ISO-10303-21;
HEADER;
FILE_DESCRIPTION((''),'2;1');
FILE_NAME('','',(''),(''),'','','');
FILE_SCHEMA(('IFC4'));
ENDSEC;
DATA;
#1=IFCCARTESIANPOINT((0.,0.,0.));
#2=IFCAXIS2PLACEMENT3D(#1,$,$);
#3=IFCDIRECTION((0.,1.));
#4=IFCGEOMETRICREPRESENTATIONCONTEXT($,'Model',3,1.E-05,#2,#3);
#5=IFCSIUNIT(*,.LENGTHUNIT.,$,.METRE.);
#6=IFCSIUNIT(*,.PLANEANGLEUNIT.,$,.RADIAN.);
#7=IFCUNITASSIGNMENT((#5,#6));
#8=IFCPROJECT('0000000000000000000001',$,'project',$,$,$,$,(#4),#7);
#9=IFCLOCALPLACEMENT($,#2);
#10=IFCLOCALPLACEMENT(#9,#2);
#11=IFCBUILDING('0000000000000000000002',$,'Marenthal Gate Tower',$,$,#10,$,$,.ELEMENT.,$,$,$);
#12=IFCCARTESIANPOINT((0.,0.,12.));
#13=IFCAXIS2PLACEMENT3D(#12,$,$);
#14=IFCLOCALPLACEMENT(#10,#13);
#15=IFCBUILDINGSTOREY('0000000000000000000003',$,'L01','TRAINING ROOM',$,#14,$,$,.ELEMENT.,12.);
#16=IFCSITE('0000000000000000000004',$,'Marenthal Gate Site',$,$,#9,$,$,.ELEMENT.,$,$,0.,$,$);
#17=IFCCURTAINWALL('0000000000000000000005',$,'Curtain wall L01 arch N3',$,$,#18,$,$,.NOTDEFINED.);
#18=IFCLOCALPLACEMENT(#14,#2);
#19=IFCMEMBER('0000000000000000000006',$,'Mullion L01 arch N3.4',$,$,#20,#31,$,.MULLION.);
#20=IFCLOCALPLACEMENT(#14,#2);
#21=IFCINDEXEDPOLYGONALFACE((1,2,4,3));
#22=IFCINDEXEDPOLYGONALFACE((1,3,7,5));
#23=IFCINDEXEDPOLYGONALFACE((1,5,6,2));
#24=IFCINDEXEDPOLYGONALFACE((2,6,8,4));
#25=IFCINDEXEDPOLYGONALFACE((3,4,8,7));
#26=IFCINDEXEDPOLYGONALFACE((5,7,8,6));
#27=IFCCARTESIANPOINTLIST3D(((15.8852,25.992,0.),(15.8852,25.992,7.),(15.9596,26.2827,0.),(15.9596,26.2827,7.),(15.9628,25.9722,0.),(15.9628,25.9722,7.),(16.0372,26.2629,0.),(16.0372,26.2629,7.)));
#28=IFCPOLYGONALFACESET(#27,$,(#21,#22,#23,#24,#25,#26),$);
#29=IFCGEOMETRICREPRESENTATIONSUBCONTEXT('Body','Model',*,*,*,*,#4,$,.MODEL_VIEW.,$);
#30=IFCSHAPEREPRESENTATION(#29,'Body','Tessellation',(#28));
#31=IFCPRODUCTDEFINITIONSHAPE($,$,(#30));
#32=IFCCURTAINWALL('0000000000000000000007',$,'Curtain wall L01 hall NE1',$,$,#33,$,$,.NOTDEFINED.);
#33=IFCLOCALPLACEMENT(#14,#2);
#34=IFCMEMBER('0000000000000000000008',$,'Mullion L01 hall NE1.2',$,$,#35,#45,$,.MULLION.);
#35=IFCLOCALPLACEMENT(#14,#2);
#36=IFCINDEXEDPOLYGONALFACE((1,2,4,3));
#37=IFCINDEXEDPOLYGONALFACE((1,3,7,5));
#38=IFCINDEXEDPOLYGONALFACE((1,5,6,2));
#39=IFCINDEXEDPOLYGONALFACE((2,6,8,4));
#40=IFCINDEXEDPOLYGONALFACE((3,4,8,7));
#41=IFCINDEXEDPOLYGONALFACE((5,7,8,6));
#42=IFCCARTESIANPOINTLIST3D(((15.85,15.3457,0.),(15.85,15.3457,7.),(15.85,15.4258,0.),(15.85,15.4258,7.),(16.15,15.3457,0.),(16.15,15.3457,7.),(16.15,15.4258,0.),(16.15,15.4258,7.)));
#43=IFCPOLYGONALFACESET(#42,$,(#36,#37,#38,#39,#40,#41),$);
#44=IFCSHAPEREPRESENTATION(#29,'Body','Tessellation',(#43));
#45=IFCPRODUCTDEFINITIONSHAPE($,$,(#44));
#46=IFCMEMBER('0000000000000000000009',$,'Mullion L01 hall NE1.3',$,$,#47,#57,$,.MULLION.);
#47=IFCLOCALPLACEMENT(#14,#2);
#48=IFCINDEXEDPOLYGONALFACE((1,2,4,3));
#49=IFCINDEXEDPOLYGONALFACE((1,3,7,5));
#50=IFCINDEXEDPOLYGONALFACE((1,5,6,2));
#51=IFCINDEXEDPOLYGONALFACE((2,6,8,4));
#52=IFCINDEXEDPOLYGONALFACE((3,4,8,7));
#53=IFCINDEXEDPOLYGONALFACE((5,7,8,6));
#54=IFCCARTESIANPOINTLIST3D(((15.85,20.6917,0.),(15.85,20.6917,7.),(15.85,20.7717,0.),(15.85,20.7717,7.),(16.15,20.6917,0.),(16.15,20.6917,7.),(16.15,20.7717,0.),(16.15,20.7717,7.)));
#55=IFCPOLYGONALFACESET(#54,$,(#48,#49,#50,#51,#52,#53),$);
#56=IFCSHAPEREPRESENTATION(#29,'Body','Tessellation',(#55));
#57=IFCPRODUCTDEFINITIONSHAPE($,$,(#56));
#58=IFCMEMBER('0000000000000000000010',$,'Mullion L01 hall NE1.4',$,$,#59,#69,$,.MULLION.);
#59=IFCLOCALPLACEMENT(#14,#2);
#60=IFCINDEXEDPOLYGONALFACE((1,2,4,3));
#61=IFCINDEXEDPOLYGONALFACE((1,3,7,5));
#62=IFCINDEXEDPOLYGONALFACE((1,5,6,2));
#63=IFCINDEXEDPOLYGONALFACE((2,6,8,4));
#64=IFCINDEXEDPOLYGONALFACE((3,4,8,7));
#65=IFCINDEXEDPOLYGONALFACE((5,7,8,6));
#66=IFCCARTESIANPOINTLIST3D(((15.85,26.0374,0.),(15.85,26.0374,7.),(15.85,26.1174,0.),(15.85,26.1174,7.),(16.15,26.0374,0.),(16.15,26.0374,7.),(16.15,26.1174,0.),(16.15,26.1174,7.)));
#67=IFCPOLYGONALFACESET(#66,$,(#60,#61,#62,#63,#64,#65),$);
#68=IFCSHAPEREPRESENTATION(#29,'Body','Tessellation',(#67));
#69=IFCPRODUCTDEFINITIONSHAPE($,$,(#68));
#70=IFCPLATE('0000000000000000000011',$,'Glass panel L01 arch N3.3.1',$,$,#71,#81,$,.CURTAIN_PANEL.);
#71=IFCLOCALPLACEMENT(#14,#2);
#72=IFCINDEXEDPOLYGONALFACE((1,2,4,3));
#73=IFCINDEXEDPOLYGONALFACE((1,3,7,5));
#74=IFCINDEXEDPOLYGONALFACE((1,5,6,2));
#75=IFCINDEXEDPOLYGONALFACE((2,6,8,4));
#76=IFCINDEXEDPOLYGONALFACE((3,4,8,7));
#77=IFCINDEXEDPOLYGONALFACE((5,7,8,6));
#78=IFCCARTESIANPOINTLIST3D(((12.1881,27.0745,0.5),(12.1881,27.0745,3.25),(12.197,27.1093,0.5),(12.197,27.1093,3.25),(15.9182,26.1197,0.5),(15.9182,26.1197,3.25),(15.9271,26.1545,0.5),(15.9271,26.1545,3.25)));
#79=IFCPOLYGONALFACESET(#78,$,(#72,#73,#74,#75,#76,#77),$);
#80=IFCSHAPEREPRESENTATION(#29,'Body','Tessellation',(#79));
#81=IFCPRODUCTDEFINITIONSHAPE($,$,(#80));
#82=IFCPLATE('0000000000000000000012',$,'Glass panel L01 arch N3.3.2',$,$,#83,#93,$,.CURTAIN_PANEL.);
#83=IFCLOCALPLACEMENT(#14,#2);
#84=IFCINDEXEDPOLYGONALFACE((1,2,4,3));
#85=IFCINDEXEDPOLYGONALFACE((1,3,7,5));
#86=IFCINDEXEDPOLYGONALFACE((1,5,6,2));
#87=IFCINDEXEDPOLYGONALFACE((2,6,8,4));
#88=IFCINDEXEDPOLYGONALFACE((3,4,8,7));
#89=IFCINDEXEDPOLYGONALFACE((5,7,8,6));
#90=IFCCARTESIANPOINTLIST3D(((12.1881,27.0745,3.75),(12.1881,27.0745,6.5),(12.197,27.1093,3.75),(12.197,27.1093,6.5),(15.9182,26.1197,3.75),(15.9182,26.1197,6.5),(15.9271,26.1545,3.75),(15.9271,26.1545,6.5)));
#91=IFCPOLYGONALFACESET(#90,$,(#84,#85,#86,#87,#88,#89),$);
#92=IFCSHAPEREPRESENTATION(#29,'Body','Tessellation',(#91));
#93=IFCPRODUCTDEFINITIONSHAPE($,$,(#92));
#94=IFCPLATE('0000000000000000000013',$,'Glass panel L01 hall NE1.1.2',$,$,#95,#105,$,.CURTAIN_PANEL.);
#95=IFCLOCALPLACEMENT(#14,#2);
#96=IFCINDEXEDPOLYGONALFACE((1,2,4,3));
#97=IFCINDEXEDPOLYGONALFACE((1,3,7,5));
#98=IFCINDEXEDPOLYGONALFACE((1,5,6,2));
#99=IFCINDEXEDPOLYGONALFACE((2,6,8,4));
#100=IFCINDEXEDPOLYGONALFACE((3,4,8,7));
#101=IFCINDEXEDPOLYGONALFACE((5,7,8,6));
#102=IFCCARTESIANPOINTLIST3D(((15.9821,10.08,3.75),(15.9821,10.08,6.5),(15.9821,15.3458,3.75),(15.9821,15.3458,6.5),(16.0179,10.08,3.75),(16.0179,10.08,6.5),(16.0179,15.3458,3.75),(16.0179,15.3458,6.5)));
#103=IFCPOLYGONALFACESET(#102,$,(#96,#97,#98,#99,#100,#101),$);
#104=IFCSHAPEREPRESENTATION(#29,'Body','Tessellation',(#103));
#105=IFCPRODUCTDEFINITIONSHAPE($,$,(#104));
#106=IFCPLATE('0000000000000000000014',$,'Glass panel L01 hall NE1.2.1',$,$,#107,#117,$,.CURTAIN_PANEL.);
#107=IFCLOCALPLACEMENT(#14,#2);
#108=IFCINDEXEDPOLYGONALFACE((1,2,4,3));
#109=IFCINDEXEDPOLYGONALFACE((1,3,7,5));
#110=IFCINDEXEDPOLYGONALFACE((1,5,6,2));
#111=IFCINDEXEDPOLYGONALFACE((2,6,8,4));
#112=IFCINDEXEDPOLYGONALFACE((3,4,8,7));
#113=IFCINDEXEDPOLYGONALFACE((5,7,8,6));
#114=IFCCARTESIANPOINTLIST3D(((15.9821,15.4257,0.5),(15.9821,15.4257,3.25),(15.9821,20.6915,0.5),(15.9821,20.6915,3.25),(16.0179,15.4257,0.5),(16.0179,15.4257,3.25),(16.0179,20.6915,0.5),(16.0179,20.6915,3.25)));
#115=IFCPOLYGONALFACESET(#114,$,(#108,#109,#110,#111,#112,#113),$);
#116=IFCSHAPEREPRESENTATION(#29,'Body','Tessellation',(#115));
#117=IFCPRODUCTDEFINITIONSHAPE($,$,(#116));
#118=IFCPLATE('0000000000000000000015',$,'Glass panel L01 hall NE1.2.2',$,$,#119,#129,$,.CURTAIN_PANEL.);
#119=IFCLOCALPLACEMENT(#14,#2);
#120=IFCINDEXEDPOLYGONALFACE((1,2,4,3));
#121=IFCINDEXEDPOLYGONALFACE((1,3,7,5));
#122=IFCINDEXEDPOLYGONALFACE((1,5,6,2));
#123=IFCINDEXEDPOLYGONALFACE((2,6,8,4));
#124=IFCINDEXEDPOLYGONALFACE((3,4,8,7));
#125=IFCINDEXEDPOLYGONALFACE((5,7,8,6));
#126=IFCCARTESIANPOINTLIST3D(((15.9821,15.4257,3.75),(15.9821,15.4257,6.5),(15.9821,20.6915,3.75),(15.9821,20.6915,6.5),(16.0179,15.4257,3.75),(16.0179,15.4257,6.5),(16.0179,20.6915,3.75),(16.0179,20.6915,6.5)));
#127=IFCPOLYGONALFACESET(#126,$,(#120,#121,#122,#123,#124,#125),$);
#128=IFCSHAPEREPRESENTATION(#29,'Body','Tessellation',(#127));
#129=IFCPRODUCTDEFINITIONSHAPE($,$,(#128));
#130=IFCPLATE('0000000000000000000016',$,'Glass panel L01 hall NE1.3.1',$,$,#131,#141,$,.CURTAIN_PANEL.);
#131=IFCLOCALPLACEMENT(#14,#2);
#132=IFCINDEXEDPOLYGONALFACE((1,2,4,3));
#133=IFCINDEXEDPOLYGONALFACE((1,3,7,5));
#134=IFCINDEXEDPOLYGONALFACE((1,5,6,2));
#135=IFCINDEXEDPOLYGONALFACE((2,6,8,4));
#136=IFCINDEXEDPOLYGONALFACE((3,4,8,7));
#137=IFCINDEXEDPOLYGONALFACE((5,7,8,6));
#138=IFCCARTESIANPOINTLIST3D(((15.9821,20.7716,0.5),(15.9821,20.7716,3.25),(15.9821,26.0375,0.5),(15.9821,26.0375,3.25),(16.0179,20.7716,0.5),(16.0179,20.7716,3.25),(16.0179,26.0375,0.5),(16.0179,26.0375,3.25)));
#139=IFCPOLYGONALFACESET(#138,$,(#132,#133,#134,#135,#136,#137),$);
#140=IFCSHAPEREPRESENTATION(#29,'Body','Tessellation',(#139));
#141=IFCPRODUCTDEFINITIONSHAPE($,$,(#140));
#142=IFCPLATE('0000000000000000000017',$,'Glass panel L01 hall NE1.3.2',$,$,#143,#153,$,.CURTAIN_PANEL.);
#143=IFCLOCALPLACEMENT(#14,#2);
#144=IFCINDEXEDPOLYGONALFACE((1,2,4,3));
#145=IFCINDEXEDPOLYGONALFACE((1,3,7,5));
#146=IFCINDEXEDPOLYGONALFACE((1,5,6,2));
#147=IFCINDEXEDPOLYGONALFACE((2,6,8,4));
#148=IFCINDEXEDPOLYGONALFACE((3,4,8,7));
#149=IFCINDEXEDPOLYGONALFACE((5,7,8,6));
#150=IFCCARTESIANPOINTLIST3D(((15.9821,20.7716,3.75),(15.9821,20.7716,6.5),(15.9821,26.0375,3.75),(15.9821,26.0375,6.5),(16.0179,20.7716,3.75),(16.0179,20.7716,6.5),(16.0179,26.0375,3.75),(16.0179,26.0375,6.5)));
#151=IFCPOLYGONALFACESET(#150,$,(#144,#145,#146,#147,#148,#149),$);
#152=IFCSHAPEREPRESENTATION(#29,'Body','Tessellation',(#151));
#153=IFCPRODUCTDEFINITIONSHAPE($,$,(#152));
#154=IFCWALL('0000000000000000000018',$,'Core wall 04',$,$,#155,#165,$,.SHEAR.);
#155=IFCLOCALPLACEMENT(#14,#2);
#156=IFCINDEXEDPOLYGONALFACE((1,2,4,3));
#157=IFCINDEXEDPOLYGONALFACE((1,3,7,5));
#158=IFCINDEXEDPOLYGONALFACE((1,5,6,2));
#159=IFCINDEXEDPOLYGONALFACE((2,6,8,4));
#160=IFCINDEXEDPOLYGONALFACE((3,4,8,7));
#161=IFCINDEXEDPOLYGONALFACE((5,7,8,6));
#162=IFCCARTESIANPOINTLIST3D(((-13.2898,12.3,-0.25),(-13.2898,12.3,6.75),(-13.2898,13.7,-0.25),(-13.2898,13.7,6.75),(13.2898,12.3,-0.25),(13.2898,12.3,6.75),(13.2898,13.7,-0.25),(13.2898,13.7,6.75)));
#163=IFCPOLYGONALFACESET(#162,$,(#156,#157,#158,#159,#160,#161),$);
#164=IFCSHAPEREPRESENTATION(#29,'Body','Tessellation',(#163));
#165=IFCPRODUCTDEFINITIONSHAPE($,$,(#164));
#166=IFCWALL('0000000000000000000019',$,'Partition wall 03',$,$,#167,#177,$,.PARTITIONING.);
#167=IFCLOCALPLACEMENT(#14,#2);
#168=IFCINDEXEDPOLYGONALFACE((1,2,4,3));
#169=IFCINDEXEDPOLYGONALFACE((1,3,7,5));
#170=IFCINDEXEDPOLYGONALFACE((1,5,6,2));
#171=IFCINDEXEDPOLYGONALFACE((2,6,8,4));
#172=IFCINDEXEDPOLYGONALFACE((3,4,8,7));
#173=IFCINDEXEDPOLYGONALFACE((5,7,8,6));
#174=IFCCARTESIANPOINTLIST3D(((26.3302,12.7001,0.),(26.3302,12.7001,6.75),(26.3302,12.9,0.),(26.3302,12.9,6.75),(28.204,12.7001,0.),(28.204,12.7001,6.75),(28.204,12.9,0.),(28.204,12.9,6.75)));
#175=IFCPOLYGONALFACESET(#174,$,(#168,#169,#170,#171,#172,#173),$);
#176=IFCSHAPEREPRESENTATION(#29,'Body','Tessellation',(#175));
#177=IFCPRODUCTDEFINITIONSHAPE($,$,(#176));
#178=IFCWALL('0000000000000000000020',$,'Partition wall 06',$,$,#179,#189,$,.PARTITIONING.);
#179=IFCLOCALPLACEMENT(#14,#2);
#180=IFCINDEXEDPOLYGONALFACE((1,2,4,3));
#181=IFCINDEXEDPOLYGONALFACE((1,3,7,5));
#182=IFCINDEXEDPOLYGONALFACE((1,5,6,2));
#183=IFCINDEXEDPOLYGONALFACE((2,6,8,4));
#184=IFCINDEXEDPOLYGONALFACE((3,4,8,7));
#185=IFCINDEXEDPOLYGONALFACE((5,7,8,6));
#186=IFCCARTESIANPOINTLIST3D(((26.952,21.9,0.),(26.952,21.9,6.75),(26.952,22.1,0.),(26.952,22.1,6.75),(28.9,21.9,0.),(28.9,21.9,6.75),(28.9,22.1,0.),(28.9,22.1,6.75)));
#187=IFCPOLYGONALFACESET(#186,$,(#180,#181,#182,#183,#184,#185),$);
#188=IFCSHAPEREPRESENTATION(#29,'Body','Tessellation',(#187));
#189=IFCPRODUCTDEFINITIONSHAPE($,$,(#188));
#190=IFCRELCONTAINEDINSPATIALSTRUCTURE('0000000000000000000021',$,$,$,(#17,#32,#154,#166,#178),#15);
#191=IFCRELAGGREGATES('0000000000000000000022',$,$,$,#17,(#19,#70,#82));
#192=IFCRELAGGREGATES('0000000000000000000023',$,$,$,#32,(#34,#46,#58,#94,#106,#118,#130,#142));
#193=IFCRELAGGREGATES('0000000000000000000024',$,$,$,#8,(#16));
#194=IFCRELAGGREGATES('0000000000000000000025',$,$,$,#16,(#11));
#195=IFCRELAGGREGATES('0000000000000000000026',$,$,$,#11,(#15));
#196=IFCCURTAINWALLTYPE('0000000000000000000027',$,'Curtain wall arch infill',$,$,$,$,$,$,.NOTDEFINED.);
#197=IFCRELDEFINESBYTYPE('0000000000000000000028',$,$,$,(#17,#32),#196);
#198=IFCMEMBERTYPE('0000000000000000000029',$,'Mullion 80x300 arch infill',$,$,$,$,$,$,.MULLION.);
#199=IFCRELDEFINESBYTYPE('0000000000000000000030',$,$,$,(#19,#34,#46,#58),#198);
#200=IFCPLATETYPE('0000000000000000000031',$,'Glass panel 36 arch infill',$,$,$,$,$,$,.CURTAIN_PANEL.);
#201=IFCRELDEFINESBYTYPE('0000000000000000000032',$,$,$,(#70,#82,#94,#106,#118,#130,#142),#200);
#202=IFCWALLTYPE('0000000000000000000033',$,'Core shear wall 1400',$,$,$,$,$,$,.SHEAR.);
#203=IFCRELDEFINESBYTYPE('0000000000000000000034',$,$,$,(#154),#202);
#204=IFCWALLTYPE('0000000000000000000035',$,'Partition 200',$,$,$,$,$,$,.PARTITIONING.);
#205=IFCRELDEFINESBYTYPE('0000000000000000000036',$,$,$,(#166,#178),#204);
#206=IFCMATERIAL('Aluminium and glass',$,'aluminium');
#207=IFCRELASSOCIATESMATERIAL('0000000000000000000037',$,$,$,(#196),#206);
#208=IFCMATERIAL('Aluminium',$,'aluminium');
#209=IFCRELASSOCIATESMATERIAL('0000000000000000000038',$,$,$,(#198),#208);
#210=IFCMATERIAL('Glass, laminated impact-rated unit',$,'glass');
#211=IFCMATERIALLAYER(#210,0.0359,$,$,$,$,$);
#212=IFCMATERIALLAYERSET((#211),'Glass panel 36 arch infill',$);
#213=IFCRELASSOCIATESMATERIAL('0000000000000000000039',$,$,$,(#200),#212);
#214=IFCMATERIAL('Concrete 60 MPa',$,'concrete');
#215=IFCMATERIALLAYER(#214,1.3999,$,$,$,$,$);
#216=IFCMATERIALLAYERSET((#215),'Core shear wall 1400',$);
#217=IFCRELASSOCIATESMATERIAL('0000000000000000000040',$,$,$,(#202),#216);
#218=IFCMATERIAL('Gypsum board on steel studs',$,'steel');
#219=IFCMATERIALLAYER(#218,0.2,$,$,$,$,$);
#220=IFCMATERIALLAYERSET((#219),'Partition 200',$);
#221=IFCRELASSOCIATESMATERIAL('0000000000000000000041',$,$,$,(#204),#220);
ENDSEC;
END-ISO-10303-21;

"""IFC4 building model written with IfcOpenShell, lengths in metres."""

from ifc_helpers import new_model, si_unit, direction, frame, frame_2d, origin, origin_2d, place, context, subcontext, project, spatial, rectangle, extrude, material, layer, layer_set, material_profile, profile_set, type_object, element, aggregate, save


model = new_model("IFC4")

# Units and contexts
model_context = context("Model", 3, precision=1e-05, world=origin(), true_north=direction((0.0, 1.0)))
body_context = subcontext(model_context, "Body", "Model", "MODEL_VIEW")
ifc_project = project(units=[si_unit("LENGTHUNIT", "METRE"), si_unit("PLANEANGLEUNIT", "RADIAN")], contexts=[model_context])

# Site, building, storey
site_placement = place(None, origin())
site = spatial("IfcSite", under=ifc_project, at=site_placement, Name="Marenthal Gate Site", CompositionType="ELEMENT", RefElevation=0.0)
building_placement = place(site_placement, origin())
building = spatial("IfcBuilding", under=site, at=building_placement, Name="Marenthal Gate Tower", CompositionType="ELEMENT")
storey_placement = place(building_placement, frame((0.0, 0.0, 12.0)))
storey = spatial("IfcBuildingStorey", under=building, at=storey_placement, Name="L01", Description="TRAINING ROOM", CompositionType="ELEMENT", Elevation=12.0)

# Curtain wall, member
ifc_material_1 = material(Name="Aluminium and glass", Category="aluminium")
curtain_wall_type = type_object("IfcCurtainWallType", Name="Curtain wall arch infill", PredefinedType="NOTDEFINED", material=ifc_material_1)
curtain_wall_1_placement = place(storey_placement, origin())
curtain_wall_1 = element("IfcCurtainWall", 1, at=curtain_wall_1_placement, inside=storey, type_object=curtain_wall_type, Name="Curtain wall L01 arch N3", PredefinedType="NOTDEFINED")
ifc_material_2 = material(Name="Aluminium", Category="aluminium")
ifc_material_profile = material_profile(ifc_material_2, rectangle(XDim=0.3, YDim=0.0801, at=origin_2d()), Name="80x300 aluminium mullion")
ifc_profile_set = profile_set([ifc_material_profile], Name="Aluminium")
member_type = type_object("IfcMemberType", Name="Mullion 80x300 arch infill", PredefinedType="MULLION", material=ifc_profile_set)
member_1_placement = place(storey_placement, frame((15.9612, 26.1274, 0.0), z_axis=(0.0, 0.0, 1.0), x_axis=(0.247965, 0.968769, 0.0)))
member_1 = element("IfcMember", 2, at=member_1_placement, type_object=member_type, Name="Mullion L01 arch N3.4", PredefinedType="MULLION", context=body_context, shape_type="SweptSolid", body=[
    extrude(rectangle(XDim=0.3, YDim=0.0801, at=origin_2d()), origin(), (0.0, 0.0, 1.0), 7.0),
])

# Curtain wall, members
curtain_wall_2_placement = place(storey_placement, origin())
curtain_wall_2 = element("IfcCurtainWall", 3, at=curtain_wall_2_placement, inside=storey, type_object=curtain_wall_type, Name="Curtain wall L01 hall NE1", PredefinedType="NOTDEFINED")
member_2_placement = place(storey_placement, frame((16.0, 15.3857, 0.0), z_axis=(0.0, 0.0, 1.0), x_axis=(-1.0, 0.0, 0.0)))
member_2 = element("IfcMember", 4, at=member_2_placement, type_object=member_type, Name="Mullion L01 hall NE1.2", PredefinedType="MULLION", context=body_context, shape_type="SweptSolid", body=[
    extrude(rectangle(XDim=0.3, YDim=0.0801, at=origin_2d()), origin(), (0.0, 0.0, 1.0), 7.0),
])
member_3_placement = place(storey_placement, frame((16.0, 20.7317, 0.0), z_axis=(0.0, 0.0, 1.0), x_axis=(-1.0, 0.0, 0.0)))
member_3 = element("IfcMember", 5, at=member_3_placement, type_object=member_type, Name="Mullion L01 hall NE1.3", PredefinedType="MULLION", context=body_context, shape_type="SweptSolid", body=[
    extrude(rectangle(XDim=0.3, YDim=0.0801, at=origin_2d()), origin(), (0.0, 0.0, 1.0), 7.0),
])
member_4_placement = place(storey_placement, frame((16.0, 26.0774, 0.0), z_axis=(0.0, 0.0, 1.0), x_axis=(-1.0, 0.0, 0.0)))
member_4 = element("IfcMember", 6, at=member_4_placement, type_object=member_type, Name="Mullion L01 hall NE1.4", PredefinedType="MULLION", context=body_context, shape_type="SweptSolid", body=[
    extrude(rectangle(XDim=0.3, YDim=0.0801, at=origin_2d()), origin(), (0.0, 0.0, 1.0), 7.0),
])

# Plates
ifc_material_3 = material(Name="Glass, laminated impact-rated unit", Category="glass")
ifc_layer_1 = layer(ifc_material_3, 0.0359)
ifc_layer_set_1 = layer_set([ifc_layer_1], Name="Glass panel 36 arch infill")
plate_type = type_object("IfcPlateType", Name="Glass panel 36 arch infill", PredefinedType="CURTAIN_PANEL", material=ifc_layer_set_1)
plate_1_placement = place(storey_placement, frame((14.0576, 26.6145, 0.5), z_axis=(0.0, 0.0, 1.0), x_axis=(0.968769, -0.247965, 0.0)))
plate_1 = element("IfcPlate", 7, at=plate_1_placement, type_object=plate_type, Name="Glass panel L01 arch N3.3.1", PredefinedType="CURTAIN_PANEL", context=body_context, shape_type="SweptSolid", body=[
    extrude(rectangle(XDim=3.8503, YDim=0.0359, at=origin_2d()), origin(), (0.0, 0.0, 1.0), 2.75),
])
plate_2_placement = place(storey_placement, frame((14.0576, 26.6145, 3.75), z_axis=(0.0, 0.0, 1.0), x_axis=(0.968769, -0.247965, 0.0)))
plate_2 = element("IfcPlate", 8, at=plate_2_placement, type_object=plate_type, Name="Glass panel L01 arch N3.3.2", PredefinedType="CURTAIN_PANEL", context=body_context, shape_type="SweptSolid", body=[
    extrude(rectangle(XDim=3.8503, YDim=0.0359, at=origin_2d()), origin(), (0.0, 0.0, 1.0), 2.75),
])
aggregate(curtain_wall_1, [member_1, plate_1, plate_2])
plate_3_placement = place(storey_placement, frame((16.0, 12.7129, 3.75), z_axis=(0.0, 0.0, 1.0), x_axis=(0.0, 1.0, 0.0)))
plate_3 = element("IfcPlate", 9, at=plate_3_placement, type_object=plate_type, Name="Glass panel L01 hall NE1.1.2", PredefinedType="CURTAIN_PANEL", context=body_context, shape_type="SweptSolid", body=[
    extrude(rectangle(XDim=5.2659, YDim=0.0359, at=origin_2d()), origin(), (0.0, 0.0, 1.0), 2.75),
])
plate_4_placement = place(storey_placement, frame((16.0, 18.0586, 0.5), z_axis=(0.0, 0.0, 1.0), x_axis=(0.0, 1.0, 0.0)))
plate_4 = element("IfcPlate", 10, at=plate_4_placement, type_object=plate_type, Name="Glass panel L01 hall NE1.2.1", PredefinedType="CURTAIN_PANEL", context=body_context, shape_type="SweptSolid", body=[
    extrude(rectangle(XDim=5.2659, YDim=0.0359, at=origin_2d()), origin(), (0.0, 0.0, 1.0), 2.75),
])
plate_5_placement = place(storey_placement, frame((16.0, 18.0586, 3.75), z_axis=(0.0, 0.0, 1.0), x_axis=(0.0, 1.0, 0.0)))
plate_5 = element("IfcPlate", 11, at=plate_5_placement, type_object=plate_type, Name="Glass panel L01 hall NE1.2.2", PredefinedType="CURTAIN_PANEL", context=body_context, shape_type="SweptSolid", body=[
    extrude(rectangle(XDim=5.2659, YDim=0.0359, at=origin_2d()), origin(), (0.0, 0.0, 1.0), 2.75),
])
plate_6_placement = place(storey_placement, frame((16.0, 23.4045, 0.5), z_axis=(0.0, 0.0, 1.0), x_axis=(0.0, 1.0, 0.0)))
plate_6 = element("IfcPlate", 12, at=plate_6_placement, type_object=plate_type, Name="Glass panel L01 hall NE1.3.1", PredefinedType="CURTAIN_PANEL", context=body_context, shape_type="SweptSolid", body=[
    extrude(rectangle(XDim=5.2659, YDim=0.0359, at=origin_2d()), origin(), (0.0, 0.0, 1.0), 2.75),
])
plate_7_placement = place(storey_placement, frame((16.0, 23.4045, 3.75), z_axis=(0.0, 0.0, 1.0), x_axis=(0.0, 1.0, 0.0)))
plate_7 = element("IfcPlate", 13, at=plate_7_placement, type_object=plate_type, Name="Glass panel L01 hall NE1.3.2", PredefinedType="CURTAIN_PANEL", context=body_context, shape_type="SweptSolid", body=[
    extrude(rectangle(XDim=5.2659, YDim=0.0359, at=origin_2d()), origin(), (0.0, 0.0, 1.0), 2.75),
])
aggregate(curtain_wall_2, [member_2, member_3, member_4, plate_3, plate_4, plate_5, plate_6, plate_7])

# Walls
ifc_material_4 = material(Name="Concrete 60 MPa", Category="concrete")
ifc_layer_2 = layer(ifc_material_4, 1.3999)
ifc_layer_set_2 = layer_set([ifc_layer_2], Name="Core shear wall 1400")
wall_type_1 = type_object("IfcWallType", Name="Core shear wall 1400", PredefinedType="SHEAR", material=ifc_layer_set_2)
wall_1_placement = place(storey_placement, frame((13.2898, 13.0, -0.25), z_axis=(0.0, 0.0, 1.0), x_axis=(-1.0, 0.0, 0.0)))
element("IfcWall", 14, at=wall_1_placement, inside=storey, type_object=wall_type_1, Name="Core wall 04", PredefinedType="SHEAR", context=body_context, shape_type="SweptSolid", body=[
    extrude(rectangle(XDim=26.5796, YDim=1.3999, at=frame_2d((13.2898, 0.0))), origin(), (0.0, 0.0, 1.0), 7.0),
])
ifc_material_5 = material(Name="Gypsum board on steel studs", Category="steel")
ifc_layer_3 = layer(ifc_material_5, 0.2)
ifc_layer_set_3 = layer_set([ifc_layer_3], Name="Partition 200")
wall_type_2 = type_object("IfcWallType", Name="Partition 200", PredefinedType="PARTITIONING", material=ifc_layer_set_3)
wall_2_placement = place(storey_placement, frame((26.3301, 12.8, 0.0), z_axis=(0.0, 0.0, 1.0), x_axis=(1.0, 0.0, 0.0)))
element("IfcWall", 15, at=wall_2_placement, inside=storey, type_object=wall_type_2, Name="Partition wall 03", PredefinedType="PARTITIONING", context=body_context, shape_type="SweptSolid", body=[
    extrude(rectangle(XDim=1.8738, YDim=0.2, at=frame_2d((0.937, 0.0))), origin(), (0.0, 0.0, 1.0), 6.75),
])
wall_3_placement = place(storey_placement, frame((26.9519, 22.0, 0.0), z_axis=(0.0, 0.0, 1.0), x_axis=(1.0, 0.0, 0.0)))
element("IfcWall", 16, at=wall_3_placement, inside=storey, type_object=wall_type_2, Name="Partition wall 06", PredefinedType="PARTITIONING", context=body_context, shape_type="SweptSolid", body=[
    extrude(rectangle(XDim=1.948, YDim=0.2, at=frame_2d((0.9741, 0.0))), origin(), (0.0, 0.0, 1.0), 6.75),
])

save(model, "model.ifc")
